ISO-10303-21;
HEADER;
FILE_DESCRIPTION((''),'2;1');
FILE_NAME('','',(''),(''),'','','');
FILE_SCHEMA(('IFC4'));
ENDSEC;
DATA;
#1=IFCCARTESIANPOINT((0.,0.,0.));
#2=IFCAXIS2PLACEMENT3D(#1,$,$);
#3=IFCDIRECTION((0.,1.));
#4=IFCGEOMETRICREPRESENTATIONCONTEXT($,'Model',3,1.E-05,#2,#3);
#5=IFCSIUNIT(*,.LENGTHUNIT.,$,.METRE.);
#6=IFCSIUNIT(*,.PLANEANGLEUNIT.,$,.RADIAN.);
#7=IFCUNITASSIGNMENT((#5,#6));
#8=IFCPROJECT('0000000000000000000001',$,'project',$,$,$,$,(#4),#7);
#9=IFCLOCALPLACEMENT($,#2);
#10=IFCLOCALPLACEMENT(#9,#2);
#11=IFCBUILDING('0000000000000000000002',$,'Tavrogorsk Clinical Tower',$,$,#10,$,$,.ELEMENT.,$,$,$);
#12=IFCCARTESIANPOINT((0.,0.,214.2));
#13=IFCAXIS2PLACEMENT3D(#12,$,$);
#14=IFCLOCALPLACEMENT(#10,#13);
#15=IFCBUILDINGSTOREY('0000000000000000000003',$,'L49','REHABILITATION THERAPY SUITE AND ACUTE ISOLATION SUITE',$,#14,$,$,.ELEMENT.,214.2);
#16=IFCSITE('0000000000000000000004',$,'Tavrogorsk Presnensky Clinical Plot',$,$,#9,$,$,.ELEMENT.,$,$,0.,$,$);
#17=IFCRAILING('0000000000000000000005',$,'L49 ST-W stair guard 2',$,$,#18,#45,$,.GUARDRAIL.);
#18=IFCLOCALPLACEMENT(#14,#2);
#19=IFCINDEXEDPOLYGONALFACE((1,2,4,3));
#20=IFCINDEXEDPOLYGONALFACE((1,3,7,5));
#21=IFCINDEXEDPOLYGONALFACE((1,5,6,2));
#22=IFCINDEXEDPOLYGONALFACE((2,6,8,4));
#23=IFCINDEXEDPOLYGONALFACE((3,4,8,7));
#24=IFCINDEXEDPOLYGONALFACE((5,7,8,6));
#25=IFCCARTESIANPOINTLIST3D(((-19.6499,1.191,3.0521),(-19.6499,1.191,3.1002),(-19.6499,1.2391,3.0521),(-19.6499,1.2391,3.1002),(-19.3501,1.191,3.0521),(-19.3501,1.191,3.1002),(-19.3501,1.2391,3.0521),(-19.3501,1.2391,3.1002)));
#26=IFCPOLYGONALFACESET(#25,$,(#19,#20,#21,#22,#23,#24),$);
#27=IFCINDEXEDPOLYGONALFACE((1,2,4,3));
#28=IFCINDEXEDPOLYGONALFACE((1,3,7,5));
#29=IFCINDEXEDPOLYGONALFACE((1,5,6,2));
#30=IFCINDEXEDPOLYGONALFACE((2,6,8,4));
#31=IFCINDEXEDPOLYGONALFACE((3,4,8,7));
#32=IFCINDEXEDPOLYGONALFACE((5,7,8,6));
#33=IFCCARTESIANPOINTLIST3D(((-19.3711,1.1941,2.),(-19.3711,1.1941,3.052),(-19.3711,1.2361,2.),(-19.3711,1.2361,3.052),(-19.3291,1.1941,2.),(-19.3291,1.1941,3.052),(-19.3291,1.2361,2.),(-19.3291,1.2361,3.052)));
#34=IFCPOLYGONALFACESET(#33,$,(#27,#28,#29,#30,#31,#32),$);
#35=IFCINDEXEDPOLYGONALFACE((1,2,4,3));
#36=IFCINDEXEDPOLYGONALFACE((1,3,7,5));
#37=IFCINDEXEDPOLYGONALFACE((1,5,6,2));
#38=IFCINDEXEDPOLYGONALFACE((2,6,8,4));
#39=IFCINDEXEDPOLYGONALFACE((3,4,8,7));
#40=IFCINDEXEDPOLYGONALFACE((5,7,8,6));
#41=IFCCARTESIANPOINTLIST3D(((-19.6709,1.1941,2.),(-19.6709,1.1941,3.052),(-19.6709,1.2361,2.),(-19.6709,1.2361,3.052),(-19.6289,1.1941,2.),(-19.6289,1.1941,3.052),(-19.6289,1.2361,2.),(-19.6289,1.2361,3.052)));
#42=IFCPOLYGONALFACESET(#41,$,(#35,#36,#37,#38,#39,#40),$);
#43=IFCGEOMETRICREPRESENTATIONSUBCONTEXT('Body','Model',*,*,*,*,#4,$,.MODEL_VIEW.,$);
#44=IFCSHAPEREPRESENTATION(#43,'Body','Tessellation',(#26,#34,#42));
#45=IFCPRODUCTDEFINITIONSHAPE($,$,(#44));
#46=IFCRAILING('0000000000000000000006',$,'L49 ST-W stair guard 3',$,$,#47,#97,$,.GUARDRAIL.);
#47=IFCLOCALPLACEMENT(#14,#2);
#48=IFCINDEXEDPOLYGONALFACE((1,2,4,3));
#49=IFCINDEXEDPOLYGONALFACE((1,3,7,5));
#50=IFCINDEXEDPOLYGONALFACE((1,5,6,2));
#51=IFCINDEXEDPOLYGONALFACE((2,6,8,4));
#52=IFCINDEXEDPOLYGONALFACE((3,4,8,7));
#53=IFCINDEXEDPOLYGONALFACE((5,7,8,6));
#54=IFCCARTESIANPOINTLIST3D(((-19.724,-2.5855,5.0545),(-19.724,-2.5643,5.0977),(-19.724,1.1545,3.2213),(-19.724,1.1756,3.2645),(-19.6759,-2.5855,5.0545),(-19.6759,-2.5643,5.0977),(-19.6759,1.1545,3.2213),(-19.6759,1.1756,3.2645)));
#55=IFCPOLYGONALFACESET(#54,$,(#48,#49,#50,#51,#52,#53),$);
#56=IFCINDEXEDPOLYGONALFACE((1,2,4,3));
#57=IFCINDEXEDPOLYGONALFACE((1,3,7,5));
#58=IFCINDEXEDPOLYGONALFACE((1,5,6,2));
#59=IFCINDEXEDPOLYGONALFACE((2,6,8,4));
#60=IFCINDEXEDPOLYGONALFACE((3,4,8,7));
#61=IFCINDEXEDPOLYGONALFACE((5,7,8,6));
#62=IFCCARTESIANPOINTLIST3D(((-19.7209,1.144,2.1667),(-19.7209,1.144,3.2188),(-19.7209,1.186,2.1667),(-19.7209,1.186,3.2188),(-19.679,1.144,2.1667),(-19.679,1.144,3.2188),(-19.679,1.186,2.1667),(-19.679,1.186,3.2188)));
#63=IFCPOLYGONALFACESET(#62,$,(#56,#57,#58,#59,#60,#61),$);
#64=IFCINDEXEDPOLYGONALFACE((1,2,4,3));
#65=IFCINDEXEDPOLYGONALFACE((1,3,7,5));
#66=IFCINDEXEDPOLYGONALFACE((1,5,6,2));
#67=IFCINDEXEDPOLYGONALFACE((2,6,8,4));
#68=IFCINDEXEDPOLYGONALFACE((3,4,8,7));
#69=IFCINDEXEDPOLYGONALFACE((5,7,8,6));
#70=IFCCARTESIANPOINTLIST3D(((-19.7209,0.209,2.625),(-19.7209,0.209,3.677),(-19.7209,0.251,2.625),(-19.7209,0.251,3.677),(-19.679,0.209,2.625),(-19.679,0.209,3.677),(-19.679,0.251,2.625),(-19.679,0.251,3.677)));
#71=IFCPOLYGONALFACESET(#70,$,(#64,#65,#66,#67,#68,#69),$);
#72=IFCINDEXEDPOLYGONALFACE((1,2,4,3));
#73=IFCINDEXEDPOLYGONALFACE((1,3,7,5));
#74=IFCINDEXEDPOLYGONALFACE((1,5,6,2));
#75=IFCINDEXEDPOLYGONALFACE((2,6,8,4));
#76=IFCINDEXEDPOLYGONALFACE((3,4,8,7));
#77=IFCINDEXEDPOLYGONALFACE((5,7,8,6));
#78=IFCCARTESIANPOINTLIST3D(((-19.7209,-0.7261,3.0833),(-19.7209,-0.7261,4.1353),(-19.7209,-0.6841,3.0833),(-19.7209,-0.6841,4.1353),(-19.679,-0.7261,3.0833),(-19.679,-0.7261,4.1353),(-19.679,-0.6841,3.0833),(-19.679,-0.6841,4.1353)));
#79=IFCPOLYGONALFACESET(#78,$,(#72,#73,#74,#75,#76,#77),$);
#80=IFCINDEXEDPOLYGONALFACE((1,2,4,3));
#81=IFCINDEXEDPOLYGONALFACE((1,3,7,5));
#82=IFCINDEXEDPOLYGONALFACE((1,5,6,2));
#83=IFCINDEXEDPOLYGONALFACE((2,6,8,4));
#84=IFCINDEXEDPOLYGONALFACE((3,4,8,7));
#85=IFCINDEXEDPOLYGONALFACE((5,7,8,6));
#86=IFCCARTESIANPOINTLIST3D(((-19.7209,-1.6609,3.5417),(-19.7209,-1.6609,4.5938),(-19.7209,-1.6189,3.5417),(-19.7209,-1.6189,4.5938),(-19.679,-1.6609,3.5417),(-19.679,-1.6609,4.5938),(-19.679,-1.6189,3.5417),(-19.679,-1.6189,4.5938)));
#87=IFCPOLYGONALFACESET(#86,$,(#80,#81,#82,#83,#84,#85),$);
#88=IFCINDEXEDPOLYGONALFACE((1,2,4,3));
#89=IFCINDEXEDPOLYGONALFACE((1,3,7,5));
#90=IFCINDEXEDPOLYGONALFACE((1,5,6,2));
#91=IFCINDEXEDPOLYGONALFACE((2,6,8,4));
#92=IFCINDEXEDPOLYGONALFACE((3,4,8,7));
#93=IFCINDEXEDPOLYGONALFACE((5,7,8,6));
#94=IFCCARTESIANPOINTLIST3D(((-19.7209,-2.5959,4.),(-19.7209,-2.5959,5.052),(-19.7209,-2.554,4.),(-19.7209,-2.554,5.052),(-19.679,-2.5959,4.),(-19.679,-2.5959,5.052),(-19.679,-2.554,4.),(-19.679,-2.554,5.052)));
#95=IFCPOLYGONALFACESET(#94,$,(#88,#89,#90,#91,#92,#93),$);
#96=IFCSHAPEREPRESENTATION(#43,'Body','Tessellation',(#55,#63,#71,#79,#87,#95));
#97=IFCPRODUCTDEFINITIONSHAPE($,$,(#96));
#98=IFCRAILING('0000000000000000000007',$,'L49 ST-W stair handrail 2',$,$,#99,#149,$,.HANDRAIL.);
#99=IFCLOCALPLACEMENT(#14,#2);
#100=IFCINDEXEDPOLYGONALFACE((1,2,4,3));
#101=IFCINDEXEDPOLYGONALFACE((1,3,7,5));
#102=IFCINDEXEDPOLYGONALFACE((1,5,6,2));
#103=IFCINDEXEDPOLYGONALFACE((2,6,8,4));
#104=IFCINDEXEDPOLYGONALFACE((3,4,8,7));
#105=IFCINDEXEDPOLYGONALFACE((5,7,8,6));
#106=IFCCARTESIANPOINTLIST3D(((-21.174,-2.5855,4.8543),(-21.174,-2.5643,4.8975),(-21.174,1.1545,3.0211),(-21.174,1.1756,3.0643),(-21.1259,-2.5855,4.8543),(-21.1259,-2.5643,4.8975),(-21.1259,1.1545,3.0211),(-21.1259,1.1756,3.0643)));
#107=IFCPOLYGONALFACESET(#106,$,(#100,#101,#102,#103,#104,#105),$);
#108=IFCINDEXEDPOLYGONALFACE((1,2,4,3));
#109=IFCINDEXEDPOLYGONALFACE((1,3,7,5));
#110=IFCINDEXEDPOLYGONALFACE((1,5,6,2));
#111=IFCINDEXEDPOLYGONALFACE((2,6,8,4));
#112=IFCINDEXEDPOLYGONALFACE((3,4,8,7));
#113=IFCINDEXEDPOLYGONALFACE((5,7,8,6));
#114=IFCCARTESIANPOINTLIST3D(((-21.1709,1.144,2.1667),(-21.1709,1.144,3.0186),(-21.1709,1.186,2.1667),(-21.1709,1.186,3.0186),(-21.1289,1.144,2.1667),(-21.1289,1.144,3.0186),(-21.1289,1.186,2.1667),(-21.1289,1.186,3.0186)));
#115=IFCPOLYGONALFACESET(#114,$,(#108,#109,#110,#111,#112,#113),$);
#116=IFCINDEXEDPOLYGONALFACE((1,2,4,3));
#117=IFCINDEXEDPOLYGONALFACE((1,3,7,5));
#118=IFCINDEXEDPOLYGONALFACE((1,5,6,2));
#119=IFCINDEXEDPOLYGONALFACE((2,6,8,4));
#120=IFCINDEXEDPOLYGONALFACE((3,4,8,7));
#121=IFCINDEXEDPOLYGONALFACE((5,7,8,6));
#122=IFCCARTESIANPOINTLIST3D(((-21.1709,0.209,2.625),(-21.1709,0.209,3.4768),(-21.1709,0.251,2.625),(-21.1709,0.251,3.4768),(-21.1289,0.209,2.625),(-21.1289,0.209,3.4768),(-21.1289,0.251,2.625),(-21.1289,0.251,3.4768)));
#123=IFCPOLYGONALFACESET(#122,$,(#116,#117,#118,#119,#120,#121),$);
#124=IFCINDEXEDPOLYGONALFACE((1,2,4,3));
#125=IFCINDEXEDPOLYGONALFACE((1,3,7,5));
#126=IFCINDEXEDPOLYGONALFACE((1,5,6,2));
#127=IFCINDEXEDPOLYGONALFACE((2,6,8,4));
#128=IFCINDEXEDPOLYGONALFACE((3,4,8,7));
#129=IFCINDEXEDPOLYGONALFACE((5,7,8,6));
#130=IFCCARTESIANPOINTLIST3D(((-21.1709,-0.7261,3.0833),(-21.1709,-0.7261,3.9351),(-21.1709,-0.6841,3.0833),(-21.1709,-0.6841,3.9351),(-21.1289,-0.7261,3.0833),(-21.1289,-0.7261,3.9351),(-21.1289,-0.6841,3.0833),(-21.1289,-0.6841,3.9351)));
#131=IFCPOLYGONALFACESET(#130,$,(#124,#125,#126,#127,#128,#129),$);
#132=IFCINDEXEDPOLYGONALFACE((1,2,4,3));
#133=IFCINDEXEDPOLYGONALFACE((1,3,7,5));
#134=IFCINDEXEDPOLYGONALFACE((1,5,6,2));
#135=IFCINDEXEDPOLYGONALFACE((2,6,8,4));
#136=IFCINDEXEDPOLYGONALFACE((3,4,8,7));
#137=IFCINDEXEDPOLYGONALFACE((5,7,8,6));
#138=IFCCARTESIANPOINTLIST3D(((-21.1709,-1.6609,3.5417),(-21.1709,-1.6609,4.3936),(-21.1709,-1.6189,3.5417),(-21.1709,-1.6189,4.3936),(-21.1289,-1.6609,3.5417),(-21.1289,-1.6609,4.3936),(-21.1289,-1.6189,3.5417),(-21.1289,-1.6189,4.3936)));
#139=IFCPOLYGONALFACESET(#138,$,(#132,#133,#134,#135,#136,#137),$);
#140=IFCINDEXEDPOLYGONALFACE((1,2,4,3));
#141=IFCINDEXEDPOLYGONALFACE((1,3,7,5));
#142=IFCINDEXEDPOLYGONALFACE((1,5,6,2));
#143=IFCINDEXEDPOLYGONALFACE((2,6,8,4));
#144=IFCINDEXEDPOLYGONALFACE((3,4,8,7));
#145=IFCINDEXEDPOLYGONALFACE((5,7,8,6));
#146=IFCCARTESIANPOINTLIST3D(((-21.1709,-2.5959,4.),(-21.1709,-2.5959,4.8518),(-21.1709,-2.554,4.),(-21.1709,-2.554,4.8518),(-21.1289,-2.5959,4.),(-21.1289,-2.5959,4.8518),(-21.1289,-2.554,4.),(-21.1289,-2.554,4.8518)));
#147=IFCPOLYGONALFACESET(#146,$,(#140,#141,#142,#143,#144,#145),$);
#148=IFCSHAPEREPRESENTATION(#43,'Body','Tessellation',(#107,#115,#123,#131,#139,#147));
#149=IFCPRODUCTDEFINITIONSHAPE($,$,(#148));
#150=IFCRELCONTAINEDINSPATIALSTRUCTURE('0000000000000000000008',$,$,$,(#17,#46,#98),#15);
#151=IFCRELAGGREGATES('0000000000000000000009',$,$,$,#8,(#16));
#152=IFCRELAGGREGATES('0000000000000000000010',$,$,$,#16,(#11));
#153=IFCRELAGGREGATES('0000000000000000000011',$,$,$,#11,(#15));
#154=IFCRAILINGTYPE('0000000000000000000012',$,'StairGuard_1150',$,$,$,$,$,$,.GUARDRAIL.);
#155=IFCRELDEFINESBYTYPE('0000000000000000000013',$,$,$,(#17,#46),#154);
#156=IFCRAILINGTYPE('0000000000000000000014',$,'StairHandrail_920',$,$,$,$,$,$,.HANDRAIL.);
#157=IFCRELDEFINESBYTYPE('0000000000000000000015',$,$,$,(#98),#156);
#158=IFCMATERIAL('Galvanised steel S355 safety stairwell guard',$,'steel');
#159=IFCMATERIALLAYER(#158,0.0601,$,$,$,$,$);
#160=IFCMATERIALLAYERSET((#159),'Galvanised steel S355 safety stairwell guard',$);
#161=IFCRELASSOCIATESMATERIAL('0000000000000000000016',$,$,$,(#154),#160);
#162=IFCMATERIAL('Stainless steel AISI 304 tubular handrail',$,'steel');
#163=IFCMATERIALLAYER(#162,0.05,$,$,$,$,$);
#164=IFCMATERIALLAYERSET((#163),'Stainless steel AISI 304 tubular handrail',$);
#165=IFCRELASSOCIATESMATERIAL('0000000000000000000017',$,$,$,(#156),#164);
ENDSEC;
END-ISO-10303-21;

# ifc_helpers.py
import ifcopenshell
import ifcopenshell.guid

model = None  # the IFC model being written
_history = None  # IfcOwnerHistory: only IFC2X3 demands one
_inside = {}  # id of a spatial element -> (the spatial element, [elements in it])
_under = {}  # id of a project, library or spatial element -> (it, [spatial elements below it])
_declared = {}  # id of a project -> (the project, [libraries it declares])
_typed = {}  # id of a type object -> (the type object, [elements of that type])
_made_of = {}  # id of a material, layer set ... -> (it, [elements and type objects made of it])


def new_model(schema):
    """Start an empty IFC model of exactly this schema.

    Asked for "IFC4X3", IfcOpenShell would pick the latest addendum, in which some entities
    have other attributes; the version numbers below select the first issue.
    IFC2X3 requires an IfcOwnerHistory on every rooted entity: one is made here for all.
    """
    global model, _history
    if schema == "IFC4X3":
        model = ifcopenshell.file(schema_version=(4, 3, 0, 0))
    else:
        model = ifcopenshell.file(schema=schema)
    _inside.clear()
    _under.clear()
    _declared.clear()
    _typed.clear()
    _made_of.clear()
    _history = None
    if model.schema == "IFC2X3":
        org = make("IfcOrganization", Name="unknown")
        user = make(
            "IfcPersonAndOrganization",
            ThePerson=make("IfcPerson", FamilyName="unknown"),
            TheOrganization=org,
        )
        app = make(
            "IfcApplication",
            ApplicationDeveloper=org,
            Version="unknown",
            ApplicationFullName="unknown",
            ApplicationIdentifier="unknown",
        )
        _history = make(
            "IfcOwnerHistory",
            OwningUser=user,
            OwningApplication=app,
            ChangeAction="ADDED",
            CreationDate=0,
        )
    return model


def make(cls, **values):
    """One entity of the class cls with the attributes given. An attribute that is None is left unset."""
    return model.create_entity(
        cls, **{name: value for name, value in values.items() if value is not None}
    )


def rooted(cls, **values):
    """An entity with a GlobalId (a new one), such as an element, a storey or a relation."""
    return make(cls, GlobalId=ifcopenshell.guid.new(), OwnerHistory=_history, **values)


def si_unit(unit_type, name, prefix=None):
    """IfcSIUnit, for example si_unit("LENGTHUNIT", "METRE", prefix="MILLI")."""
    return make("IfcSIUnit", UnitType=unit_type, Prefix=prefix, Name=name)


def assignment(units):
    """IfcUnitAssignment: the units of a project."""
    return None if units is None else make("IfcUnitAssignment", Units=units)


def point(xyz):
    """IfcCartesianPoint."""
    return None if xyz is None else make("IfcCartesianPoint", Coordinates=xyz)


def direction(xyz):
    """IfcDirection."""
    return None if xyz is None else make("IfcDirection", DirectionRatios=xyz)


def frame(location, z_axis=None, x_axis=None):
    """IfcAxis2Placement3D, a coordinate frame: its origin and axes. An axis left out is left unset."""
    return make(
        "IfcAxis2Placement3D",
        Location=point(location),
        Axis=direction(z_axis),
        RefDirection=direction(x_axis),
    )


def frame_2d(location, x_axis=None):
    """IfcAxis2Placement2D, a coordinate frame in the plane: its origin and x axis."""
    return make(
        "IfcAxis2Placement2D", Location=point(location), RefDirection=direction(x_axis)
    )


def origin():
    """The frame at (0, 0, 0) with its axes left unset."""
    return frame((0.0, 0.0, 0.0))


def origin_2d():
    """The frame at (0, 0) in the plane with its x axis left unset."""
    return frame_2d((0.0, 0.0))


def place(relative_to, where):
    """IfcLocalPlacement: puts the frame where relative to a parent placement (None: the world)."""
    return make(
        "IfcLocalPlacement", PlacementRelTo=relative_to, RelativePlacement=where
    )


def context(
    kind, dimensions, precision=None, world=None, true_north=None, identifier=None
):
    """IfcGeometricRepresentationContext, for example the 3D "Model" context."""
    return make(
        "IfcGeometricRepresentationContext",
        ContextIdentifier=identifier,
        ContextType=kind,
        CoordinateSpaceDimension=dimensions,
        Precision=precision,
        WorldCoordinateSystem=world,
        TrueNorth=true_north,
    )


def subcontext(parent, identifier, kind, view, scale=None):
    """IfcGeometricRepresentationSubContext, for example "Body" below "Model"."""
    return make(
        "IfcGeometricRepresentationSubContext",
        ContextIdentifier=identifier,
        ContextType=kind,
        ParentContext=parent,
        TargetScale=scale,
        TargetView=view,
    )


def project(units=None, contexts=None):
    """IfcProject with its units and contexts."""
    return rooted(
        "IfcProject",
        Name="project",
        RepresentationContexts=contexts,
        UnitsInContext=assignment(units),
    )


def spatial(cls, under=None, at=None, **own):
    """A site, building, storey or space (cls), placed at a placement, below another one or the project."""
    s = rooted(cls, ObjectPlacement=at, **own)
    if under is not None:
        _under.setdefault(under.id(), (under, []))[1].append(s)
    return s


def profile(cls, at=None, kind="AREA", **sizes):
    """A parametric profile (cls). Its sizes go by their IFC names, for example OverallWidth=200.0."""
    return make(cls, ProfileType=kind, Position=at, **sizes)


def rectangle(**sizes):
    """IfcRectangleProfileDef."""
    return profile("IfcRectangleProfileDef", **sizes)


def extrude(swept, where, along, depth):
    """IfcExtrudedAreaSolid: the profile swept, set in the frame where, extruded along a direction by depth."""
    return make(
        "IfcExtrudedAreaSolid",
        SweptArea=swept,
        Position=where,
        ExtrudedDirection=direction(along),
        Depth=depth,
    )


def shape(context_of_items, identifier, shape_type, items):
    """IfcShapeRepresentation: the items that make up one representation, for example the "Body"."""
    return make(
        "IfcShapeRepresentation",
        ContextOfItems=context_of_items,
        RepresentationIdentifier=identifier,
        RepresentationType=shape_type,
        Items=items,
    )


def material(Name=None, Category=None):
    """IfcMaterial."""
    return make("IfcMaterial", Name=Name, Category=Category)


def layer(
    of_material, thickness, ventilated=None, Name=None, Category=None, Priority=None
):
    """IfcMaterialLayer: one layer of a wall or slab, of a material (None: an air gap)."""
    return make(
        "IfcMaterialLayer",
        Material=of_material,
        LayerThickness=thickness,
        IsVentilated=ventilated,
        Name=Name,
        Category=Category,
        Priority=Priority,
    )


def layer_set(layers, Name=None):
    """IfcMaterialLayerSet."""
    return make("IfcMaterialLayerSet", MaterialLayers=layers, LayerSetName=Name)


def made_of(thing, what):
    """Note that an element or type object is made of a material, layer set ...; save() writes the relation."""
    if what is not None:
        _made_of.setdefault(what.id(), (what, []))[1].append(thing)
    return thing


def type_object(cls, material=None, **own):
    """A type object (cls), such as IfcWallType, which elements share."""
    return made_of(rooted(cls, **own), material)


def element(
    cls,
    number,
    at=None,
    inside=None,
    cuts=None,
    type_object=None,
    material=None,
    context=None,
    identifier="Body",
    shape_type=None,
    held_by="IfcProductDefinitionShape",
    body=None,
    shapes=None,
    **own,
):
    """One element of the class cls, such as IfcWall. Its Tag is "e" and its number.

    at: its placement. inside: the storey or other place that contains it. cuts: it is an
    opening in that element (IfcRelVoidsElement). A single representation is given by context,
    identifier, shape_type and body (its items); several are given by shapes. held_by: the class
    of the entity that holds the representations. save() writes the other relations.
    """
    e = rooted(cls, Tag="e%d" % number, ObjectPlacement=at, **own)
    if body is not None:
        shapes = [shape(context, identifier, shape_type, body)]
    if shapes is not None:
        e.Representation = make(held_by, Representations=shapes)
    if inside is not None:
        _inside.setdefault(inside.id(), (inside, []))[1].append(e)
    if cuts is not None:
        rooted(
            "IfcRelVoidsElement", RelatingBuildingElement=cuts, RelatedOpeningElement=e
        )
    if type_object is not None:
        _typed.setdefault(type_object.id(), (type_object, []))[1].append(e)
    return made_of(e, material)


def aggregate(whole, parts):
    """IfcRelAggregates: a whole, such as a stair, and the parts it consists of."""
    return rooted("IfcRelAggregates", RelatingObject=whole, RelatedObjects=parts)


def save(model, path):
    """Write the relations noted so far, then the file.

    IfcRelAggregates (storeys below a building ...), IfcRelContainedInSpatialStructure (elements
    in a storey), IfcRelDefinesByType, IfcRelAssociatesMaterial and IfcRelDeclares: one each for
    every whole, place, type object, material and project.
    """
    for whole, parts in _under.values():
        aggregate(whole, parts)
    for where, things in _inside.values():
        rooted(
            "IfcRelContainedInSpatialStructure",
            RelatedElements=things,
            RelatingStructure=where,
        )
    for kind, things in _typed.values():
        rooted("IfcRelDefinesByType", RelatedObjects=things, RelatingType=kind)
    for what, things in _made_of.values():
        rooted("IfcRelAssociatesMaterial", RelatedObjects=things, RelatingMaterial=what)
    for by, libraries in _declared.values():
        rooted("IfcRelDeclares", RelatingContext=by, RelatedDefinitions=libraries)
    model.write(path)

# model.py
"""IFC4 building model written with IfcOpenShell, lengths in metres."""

from ifc_helpers import new_model, si_unit, direction, frame, origin, origin_2d, place, context, subcontext, project, spatial, rectangle, extrude, material, layer, layer_set, type_object, element, save


model = new_model("IFC4")

# Units and contexts
model_context = context("Model", 3, precision=1e-05, world=origin(), true_north=direction((0.0, 1.0)))
body_context = subcontext(model_context, "Body", "Model", "MODEL_VIEW")
ifc_project = project(units=[si_unit("LENGTHUNIT", "METRE"), si_unit("PLANEANGLEUNIT", "RADIAN")], contexts=[model_context])

# Site, building, storey
site_placement = place(None, origin())
site = spatial("IfcSite", under=ifc_project, at=site_placement, Name="Tavrogorsk Presnensky Clinical Plot", CompositionType="ELEMENT", RefElevation=0.0)
building_placement = place(site_placement, origin())
building = spatial("IfcBuilding", under=site, at=building_placement, Name="Tavrogorsk Clinical Tower", CompositionType="ELEMENT")
storey_placement = place(building_placement, frame((0.0, 0.0, 214.2)))
storey = spatial("IfcBuildingStorey", under=building, at=storey_placement, Name="L49", Description="REHABILITATION THERAPY SUITE AND ACUTE ISOLATION SUITE", CompositionType="ELEMENT", Elevation=214.2)

# Railings
ifc_material_1 = material(Name="Galvanised steel S355 safety stairwell guard", Category="steel")
ifc_layer_1 = layer(ifc_material_1, 0.0601)
ifc_layer_set_1 = layer_set([ifc_layer_1], Name="Galvanised steel S355 safety stairwell guard")
railing_type_1 = type_object("IfcRailingType", Name="StairGuard_1150", PredefinedType="GUARDRAIL", material=ifc_layer_set_1)
railing_1_placement = place(storey_placement, frame((-19.3501, 1.2151, 2.0)))
element("IfcRailing", 1, at=railing_1_placement, inside=storey, type_object=railing_type_1, Name="L49 ST-W stair guard 2", PredefinedType="GUARDRAIL", context=body_context, shape_type="SweptSolid", body=[
    extrude(rectangle(XDim=0.0481, YDim=0.0481, at=origin_2d()), frame((0.0, 0.0, 1.0762), z_axis=(-1.0, 0.0, 0.0), x_axis=(0.0, -1.0, 0.0)), (0.0, 0.0, 1.0), 0.2998),
    extrude(rectangle(XDim=0.042, YDim=0.042, at=origin_2d()), origin(), (0.0, 0.0, 1.0), 1.052),
    extrude(rectangle(XDim=0.042, YDim=0.042, at=origin_2d()), frame((-0.2998, 0.0, 0.0)), (0.0, 0.0, 1.0), 1.052),
])
railing_2_placement = place(storey_placement, frame((-19.7, 1.165, 2.1667)))
element("IfcRailing", 2, at=railing_2_placement, inside=storey, type_object=railing_type_1, Name="L49 ST-W stair guard 3", PredefinedType="GUARDRAIL", context=body_context, shape_type="SweptSolid", body=[
    extrude(rectangle(XDim=0.0481, YDim=0.0481, at=origin_2d()), frame((0.0, 0.0, 1.0762), z_axis=(0.0, -0.897928, 0.440142), x_axis=(1.0, 0.0, 0.0)), (0.0, 0.0, 1.0), 4.165),
    extrude(rectangle(XDim=0.042, YDim=0.042, at=origin_2d()), origin(), (0.0, 0.0, 1.0), 1.052),
    extrude(rectangle(XDim=0.042, YDim=0.042, at=origin_2d()), frame((0.0, -0.9351, 0.4583)), (0.0, 0.0, 1.0), 1.052),
    extrude(rectangle(XDim=0.042, YDim=0.042, at=origin_2d()), frame((0.0, -1.8701, 0.9165)), (0.0, 0.0, 1.0), 1.052),
    extrude(rectangle(XDim=0.042, YDim=0.042, at=origin_2d()), frame((0.0, -2.8049, 1.375)), (0.0, 0.0, 1.0), 1.052),
    extrude(rectangle(XDim=0.042, YDim=0.042, at=origin_2d()), frame((0.0, -3.74, 1.8333)), (0.0, 0.0, 1.0), 1.052),
])
ifc_material_2 = material(Name="Stainless steel AISI 304 tubular handrail", Category="steel")
ifc_layer_2 = layer(ifc_material_2, 0.05)
ifc_layer_set_2 = layer_set([ifc_layer_2], Name="Stainless steel AISI 304 tubular handrail")
railing_type_2 = type_object("IfcRailingType", Name="StairHandrail_920", PredefinedType="HANDRAIL", material=ifc_layer_set_2)
railing_3_placement = place(storey_placement, frame((-21.1499, 1.165, 2.1667)))
element("IfcRailing", 3, at=railing_3_placement, inside=storey, type_object=railing_type_2, Name="L49 ST-W stair handrail 2", PredefinedType="HANDRAIL", context=body_context, shape_type="SweptSolid", body=[
    extrude(rectangle(XDim=0.0481, YDim=0.0481, at=origin_2d()), frame((0.0, 0.0, 0.876), z_axis=(0.0, -0.897928, 0.440142), x_axis=(1.0, 0.0, 0.0)), (0.0, 0.0, 1.0), 4.165),
    extrude(rectangle(XDim=0.042, YDim=0.042, at=origin_2d()), origin(), (0.0, 0.0, 1.0), 0.8518),
    extrude(rectangle(XDim=0.042, YDim=0.042, at=origin_2d()), frame((0.0, -0.9351, 0.4583)), (0.0, 0.0, 1.0), 0.8518),
    extrude(rectangle(XDim=0.042, YDim=0.042, at=origin_2d()), frame((0.0, -1.8701, 0.9165)), (0.0, 0.0, 1.0), 0.8518),
    extrude(rectangle(XDim=0.042, YDim=0.042, at=origin_2d()), frame((0.0, -2.8049, 1.375)), (0.0, 0.0, 1.0), 0.8518),
    extrude(rectangle(XDim=0.042, YDim=0.042, at=origin_2d()), frame((0.0, -3.74, 1.8333)), (0.0, 0.0, 1.0), 0.8518),
])

save(model, "model.ifc")
